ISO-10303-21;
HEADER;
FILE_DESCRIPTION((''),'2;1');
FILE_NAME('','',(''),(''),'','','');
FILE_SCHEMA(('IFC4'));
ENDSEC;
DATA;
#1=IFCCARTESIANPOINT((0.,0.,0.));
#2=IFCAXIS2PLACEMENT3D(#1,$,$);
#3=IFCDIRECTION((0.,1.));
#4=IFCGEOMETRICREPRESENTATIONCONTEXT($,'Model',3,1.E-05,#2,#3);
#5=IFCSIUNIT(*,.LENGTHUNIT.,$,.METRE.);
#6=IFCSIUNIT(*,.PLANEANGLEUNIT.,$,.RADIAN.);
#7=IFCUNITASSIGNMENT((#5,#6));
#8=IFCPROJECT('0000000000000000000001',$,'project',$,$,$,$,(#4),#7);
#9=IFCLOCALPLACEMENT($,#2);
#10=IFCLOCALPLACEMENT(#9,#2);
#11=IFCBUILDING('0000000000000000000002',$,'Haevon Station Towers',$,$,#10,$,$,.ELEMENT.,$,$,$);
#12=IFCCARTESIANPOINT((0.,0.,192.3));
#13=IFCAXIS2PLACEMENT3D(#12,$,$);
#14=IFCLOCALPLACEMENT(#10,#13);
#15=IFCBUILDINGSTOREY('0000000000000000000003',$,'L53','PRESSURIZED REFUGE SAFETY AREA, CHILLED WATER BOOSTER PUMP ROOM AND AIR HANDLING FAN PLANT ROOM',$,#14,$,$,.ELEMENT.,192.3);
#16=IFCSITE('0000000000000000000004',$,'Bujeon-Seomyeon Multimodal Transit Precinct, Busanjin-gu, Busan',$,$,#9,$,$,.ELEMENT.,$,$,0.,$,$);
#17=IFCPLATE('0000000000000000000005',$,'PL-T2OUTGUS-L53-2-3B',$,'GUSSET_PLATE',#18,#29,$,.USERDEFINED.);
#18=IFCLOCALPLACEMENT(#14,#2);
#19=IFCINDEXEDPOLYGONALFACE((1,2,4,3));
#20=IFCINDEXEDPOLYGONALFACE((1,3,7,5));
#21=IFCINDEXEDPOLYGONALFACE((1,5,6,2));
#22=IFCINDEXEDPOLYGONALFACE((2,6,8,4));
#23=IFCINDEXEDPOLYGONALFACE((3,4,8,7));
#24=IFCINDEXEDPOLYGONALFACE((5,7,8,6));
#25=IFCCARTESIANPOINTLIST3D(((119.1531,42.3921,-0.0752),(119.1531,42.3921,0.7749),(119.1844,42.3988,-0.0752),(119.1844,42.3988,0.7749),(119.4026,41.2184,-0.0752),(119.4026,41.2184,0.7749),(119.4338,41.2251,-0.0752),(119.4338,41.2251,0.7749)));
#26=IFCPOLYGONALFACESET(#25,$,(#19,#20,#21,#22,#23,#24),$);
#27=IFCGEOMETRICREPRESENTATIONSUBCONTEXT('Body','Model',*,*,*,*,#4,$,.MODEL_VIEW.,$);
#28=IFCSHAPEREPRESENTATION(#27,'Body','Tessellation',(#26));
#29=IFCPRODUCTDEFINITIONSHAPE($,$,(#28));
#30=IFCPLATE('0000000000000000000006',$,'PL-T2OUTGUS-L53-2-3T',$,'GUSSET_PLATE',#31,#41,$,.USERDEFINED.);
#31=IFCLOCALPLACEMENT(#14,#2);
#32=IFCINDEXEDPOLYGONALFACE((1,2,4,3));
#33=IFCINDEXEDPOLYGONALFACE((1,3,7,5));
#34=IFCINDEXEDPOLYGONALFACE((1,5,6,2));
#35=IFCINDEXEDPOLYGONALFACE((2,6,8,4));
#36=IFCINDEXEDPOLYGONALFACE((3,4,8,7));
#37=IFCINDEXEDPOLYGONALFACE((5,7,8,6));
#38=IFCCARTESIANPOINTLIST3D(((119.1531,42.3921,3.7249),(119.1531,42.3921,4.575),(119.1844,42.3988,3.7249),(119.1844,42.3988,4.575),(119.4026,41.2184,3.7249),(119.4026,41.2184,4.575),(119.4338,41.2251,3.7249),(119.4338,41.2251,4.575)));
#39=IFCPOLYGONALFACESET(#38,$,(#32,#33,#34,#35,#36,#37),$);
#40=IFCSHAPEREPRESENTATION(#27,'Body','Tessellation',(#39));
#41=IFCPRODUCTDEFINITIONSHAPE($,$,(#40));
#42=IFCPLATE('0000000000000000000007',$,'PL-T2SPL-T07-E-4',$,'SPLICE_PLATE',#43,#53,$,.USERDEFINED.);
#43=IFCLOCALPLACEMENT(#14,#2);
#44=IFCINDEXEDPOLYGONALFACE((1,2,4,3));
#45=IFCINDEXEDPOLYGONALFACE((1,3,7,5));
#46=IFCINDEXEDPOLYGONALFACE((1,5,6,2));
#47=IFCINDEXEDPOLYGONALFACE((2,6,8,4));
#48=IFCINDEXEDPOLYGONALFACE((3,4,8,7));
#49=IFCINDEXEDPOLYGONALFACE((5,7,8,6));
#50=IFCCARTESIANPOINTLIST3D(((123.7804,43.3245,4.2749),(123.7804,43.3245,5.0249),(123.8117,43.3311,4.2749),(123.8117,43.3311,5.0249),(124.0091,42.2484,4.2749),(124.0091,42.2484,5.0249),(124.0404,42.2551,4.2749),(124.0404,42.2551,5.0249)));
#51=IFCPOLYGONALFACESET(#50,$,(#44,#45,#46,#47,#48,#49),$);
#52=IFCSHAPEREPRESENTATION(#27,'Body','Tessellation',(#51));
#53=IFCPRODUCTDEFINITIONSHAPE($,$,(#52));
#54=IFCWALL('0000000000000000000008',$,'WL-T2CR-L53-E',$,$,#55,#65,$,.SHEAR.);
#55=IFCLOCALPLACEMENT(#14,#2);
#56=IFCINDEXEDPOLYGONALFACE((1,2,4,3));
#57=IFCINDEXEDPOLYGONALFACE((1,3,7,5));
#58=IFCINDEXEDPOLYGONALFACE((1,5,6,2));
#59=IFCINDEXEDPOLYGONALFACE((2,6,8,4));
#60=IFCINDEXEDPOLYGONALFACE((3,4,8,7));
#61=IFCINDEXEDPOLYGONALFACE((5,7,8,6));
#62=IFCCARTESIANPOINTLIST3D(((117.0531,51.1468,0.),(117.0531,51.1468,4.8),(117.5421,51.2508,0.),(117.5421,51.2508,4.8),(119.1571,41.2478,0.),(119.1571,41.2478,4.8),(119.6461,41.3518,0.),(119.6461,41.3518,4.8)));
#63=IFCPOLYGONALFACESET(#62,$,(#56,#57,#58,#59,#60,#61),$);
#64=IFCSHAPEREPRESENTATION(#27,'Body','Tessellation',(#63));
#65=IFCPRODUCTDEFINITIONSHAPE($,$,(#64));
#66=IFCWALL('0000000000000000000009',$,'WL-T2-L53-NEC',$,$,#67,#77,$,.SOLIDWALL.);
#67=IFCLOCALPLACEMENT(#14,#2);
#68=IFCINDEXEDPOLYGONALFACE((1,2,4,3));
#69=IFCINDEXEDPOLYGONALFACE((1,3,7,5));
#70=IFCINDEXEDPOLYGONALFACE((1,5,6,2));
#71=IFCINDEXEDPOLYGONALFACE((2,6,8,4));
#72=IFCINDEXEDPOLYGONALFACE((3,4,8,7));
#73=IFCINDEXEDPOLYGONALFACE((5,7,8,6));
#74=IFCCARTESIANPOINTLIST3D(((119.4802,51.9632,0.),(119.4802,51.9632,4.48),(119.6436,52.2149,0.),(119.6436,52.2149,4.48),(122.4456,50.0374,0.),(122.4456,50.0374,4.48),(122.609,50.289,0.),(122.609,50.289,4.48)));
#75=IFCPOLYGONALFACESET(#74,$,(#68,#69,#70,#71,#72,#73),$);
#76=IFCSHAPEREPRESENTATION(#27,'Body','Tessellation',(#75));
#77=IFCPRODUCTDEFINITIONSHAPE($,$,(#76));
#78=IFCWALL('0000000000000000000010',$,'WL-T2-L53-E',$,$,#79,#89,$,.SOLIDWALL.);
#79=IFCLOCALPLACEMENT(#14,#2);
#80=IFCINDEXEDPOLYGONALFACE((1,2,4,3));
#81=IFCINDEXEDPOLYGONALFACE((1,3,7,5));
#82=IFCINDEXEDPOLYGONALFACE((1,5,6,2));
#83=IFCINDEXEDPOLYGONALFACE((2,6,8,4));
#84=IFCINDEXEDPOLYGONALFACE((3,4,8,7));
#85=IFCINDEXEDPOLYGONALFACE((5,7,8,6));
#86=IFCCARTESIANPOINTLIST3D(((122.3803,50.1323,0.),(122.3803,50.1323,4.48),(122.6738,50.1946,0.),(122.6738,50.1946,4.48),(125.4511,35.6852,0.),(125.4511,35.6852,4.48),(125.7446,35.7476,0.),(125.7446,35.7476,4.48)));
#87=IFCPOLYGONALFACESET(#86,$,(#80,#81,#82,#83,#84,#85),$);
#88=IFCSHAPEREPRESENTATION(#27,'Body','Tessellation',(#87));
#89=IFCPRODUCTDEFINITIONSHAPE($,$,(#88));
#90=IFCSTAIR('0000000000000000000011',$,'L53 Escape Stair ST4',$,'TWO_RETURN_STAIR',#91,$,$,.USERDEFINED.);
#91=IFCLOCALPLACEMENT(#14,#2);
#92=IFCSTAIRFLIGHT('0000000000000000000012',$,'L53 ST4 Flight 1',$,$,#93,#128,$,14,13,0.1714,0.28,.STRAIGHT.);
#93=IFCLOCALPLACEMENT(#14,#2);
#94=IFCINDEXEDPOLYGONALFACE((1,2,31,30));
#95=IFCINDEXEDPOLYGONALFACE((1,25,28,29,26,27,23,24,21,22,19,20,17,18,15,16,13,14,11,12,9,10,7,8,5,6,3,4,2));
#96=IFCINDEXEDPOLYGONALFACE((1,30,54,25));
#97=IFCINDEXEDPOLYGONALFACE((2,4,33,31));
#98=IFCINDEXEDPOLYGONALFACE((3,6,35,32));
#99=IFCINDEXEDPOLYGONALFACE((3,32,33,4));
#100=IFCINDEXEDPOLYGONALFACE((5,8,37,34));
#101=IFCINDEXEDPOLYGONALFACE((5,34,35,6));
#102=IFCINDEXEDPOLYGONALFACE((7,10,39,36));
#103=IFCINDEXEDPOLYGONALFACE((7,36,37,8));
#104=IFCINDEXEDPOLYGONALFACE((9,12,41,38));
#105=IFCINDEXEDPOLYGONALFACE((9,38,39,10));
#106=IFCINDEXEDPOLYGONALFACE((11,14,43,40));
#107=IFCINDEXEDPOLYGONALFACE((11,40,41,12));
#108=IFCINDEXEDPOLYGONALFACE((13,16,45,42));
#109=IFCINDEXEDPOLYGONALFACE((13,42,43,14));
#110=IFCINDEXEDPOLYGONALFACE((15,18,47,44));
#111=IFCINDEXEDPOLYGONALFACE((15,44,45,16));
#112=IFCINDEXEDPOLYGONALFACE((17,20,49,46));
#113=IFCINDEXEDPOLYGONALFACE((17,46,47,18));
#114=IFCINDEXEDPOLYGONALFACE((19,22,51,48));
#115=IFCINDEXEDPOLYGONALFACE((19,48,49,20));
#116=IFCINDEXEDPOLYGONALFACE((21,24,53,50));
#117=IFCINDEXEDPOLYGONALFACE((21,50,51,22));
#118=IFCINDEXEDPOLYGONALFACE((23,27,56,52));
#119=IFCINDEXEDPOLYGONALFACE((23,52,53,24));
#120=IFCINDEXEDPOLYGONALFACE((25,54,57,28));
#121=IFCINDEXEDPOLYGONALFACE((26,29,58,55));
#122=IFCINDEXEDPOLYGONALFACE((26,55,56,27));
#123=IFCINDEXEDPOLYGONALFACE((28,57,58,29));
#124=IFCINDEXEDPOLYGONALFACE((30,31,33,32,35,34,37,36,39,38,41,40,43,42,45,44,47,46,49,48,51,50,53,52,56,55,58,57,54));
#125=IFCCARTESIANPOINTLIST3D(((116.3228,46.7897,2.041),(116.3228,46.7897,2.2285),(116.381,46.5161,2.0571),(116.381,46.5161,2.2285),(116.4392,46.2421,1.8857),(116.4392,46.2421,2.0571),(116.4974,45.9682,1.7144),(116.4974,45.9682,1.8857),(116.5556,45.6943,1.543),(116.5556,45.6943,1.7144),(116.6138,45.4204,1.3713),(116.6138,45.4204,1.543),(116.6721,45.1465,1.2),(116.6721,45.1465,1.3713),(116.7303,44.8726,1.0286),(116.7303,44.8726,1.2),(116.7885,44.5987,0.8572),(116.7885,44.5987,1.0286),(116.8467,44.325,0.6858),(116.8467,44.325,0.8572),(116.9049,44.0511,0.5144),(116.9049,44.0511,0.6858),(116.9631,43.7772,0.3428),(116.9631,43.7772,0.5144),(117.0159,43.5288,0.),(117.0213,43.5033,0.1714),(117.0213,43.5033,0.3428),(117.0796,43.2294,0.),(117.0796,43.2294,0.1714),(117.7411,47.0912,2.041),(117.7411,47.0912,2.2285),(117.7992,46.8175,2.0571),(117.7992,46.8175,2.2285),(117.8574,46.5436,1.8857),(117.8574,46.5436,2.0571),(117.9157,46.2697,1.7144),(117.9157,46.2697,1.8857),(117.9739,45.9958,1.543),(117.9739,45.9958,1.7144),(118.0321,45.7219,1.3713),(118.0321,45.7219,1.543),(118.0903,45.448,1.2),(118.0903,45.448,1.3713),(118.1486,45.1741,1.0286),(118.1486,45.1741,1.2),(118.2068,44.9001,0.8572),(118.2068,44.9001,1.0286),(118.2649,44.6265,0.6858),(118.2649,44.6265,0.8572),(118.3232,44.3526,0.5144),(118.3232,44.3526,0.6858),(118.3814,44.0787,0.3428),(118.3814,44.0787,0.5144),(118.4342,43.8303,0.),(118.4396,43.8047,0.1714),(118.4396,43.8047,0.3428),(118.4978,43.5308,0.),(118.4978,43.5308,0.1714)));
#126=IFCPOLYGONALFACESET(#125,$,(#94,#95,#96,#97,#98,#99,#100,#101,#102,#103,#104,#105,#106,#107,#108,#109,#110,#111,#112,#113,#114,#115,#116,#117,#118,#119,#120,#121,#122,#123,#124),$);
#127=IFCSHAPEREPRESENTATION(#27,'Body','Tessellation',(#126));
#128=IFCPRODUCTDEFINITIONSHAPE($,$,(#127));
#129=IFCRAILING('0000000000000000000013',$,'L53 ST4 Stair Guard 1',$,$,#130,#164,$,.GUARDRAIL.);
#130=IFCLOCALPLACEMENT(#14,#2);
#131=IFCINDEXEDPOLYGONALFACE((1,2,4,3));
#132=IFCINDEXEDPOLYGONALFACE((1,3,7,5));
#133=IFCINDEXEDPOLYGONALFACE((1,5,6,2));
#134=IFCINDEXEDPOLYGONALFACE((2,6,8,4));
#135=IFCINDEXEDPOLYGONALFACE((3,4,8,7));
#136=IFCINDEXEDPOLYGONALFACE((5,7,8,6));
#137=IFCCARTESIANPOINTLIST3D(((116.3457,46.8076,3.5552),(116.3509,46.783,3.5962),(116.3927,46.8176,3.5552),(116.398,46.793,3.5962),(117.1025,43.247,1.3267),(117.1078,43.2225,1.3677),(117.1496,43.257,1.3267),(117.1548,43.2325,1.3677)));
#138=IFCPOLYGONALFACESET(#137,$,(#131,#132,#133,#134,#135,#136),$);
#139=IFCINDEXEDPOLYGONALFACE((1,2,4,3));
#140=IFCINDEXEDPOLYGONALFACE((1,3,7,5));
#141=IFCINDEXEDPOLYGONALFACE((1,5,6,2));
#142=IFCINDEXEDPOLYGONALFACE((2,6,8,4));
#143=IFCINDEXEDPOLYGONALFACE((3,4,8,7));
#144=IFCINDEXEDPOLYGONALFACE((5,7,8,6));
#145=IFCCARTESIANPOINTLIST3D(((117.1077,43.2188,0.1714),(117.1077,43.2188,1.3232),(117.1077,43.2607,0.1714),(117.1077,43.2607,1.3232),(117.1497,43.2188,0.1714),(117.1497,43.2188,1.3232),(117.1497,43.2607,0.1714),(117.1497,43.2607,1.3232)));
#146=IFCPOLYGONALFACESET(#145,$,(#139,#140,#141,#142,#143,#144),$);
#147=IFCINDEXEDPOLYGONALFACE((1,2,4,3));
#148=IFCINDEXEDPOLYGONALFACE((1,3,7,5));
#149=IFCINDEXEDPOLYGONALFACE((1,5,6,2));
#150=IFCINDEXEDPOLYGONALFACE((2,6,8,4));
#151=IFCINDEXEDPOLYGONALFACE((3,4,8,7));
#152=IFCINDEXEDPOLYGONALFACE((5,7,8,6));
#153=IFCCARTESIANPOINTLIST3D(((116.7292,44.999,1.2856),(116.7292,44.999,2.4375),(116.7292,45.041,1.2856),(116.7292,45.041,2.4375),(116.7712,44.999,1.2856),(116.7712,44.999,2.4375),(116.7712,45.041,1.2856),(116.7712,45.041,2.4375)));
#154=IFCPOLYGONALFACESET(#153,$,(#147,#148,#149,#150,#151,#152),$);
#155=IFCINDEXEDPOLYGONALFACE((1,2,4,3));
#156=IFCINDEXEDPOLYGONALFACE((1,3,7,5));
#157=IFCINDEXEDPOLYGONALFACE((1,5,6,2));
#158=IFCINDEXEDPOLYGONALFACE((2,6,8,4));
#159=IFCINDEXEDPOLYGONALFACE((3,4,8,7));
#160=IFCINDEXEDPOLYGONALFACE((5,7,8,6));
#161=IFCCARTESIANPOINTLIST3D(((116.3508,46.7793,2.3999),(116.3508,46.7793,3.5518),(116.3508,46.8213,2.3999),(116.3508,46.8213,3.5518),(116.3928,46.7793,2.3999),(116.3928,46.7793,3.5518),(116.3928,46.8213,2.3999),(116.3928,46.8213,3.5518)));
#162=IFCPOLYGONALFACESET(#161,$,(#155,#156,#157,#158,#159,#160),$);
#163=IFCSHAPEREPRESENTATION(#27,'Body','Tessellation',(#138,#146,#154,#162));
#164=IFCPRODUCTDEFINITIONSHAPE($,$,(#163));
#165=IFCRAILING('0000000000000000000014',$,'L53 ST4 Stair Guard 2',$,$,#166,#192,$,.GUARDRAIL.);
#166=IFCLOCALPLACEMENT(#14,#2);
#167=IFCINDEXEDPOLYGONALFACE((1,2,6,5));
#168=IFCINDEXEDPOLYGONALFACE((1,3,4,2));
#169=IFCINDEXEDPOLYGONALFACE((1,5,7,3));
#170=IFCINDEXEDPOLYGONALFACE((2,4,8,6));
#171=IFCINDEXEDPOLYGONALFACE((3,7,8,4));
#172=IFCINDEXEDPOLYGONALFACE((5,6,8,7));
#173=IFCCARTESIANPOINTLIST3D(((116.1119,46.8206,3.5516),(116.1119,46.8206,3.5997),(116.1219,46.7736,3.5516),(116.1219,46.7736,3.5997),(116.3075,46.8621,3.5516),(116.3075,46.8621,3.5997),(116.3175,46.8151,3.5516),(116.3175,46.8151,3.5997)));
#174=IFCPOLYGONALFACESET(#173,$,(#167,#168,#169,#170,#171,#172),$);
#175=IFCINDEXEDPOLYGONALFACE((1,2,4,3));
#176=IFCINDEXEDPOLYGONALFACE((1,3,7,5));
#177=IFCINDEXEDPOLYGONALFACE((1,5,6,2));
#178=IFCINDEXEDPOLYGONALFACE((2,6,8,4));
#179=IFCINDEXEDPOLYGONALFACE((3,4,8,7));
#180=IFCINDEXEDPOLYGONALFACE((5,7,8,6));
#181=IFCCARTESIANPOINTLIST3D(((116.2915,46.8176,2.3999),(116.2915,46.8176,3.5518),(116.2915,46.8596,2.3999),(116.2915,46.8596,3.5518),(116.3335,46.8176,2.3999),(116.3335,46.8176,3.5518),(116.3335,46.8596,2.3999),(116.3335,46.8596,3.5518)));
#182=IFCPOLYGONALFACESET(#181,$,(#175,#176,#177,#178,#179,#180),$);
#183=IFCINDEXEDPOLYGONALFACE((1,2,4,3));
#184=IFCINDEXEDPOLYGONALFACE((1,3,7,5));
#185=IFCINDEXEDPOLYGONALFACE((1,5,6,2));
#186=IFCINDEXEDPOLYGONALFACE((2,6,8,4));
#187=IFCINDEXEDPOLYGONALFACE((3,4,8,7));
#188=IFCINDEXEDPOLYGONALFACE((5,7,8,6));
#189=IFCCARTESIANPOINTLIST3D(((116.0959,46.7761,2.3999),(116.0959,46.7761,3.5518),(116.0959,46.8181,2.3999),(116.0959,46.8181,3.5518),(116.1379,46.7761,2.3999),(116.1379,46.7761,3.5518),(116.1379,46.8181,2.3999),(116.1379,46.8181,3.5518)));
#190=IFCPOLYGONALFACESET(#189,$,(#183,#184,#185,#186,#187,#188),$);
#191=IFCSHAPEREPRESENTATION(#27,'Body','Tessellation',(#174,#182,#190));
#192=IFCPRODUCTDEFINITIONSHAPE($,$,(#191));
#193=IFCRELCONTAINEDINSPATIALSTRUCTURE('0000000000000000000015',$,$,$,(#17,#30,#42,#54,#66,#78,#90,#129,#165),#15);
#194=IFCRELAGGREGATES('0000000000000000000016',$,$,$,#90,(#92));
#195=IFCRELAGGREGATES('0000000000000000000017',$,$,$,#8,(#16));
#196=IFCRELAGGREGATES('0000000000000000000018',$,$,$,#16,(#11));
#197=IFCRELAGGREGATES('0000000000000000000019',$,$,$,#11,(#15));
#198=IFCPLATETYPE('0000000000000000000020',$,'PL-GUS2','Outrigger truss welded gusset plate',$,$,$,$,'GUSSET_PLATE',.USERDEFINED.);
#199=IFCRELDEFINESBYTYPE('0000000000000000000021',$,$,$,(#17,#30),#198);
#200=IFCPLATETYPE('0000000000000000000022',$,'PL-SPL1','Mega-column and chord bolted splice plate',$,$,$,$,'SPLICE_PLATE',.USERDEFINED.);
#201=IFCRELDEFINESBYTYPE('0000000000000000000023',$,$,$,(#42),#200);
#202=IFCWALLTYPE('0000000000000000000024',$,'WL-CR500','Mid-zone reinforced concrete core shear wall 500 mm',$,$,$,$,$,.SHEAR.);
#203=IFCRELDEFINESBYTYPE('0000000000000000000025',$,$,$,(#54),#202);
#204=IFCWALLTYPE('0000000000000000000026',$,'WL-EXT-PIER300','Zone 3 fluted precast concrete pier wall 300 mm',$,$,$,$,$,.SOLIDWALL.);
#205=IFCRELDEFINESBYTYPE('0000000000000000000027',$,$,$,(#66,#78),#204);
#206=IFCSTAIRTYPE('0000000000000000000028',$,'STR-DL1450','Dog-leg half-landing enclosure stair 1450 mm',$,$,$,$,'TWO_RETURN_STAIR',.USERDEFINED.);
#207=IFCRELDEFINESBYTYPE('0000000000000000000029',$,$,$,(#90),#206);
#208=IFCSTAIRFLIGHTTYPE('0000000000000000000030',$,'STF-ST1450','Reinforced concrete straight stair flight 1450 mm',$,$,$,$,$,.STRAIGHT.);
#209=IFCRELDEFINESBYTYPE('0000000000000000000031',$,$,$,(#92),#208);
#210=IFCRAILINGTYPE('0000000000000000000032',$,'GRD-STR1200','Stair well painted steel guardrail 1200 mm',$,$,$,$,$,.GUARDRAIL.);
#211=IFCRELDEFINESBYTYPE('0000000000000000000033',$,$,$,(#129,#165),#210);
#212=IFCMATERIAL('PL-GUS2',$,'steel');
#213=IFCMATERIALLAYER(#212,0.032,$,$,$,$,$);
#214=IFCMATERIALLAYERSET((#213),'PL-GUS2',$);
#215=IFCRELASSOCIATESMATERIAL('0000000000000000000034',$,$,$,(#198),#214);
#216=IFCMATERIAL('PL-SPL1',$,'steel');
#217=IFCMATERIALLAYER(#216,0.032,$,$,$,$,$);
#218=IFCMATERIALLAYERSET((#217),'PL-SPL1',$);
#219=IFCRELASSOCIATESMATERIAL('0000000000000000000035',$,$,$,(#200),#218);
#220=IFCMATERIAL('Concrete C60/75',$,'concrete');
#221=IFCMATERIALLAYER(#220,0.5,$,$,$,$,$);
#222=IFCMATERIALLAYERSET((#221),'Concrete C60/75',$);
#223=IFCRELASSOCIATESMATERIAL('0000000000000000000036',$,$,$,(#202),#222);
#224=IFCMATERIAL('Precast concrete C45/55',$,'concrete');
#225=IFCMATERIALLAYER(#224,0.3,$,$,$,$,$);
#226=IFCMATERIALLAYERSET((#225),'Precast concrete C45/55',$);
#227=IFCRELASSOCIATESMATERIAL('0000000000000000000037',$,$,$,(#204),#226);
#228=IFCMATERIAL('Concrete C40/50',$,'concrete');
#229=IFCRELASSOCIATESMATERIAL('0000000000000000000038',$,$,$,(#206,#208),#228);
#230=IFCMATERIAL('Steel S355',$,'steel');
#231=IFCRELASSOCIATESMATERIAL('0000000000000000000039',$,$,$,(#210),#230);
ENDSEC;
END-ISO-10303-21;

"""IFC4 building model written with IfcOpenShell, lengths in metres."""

from ifc_helpers import new_model, si_unit, direction, frame, frame_2d, origin, origin_2d, place, context, subcontext, project, spatial, polyline, rectangle, outline, extrude, material, layer, layer_set, type_object, element, aggregate, save


model = new_model("IFC4")

# Units and contexts
model_context = context("Model", 3, precision=1e-05, world=origin(), true_north=direction((0.0, 1.0)))
body_context = subcontext(model_context, "Body", "Model", "MODEL_VIEW")
ifc_project = project(units=[si_unit("LENGTHUNIT", "METRE"), si_unit("PLANEANGLEUNIT", "RADIAN")], contexts=[model_context])

# Site, building, storey
site_placement = place(None, origin())
site = spatial("IfcSite", under=ifc_project, at=site_placement, Name="Bujeon-Seomyeon Multimodal Transit Precinct, Busanjin-gu, Busan", CompositionType="ELEMENT", RefElevation=0.0)
building_placement = place(site_placement, origin())
building = spatial("IfcBuilding", under=site, at=building_placement, Name="Haevon Station Towers", CompositionType="ELEMENT")
storey_placement = place(building_placement, frame((0.0, 0.0, 192.3)))
storey = spatial("IfcBuildingStorey", under=building, at=storey_placement, Name="L53", Description="PRESSURIZED REFUGE SAFETY AREA, CHILLED WATER BOOSTER PUMP ROOM AND AIR HANDLING FAN PLANT ROOM", CompositionType="ELEMENT", Elevation=192.3)

# Shared definitions
ifc_material_1 = material(Name="Steel S355", Category="steel")

# Plates
ifc_material_2 = material(Name="PL-GUS2", Category="steel")
ifc_layer_1 = layer(ifc_material_2, 0.032)
ifc_layer_set_1 = layer_set([ifc_layer_1], Name="PL-GUS2")
plate_type_1 = type_object("IfcPlateType", Name="PL-GUS2", Description="Outrigger truss welded gusset plate", ElementType="GUSSET_PLATE", PredefinedType="USERDEFINED", material=ifc_layer_set_1)
for number, where, z_axis, x_axis, name in (
    (1, (119.2935, 41.8086, -0.0752), (0.0, 0.0, 1.0), (-0.207912, 0.978148, 0.0), "PL-T2OUTGUS-L53-2-3B"),
    (2, (119.2935, 41.8086, 3.7249), (0.0, 0.0, 1.0), (-0.207912, 0.978148, 0.0), "PL-T2OUTGUS-L53-2-3T"),
):
    element("IfcPlate", number, at=place(storey_placement, frame(where, z_axis=z_axis, x_axis=x_axis)), inside=storey, type_object=plate_type_1, Name=name, ObjectType="GUSSET_PLATE", PredefinedType="USERDEFINED", context=body_context, shape_type="SweptSolid", body=[
        extrude(rectangle(XDim=1.2, YDim=0.032, at=origin_2d()), origin(), (0.0, 0.0, 1.0), 0.8501),
    ])
ifc_material_3 = material(Name="PL-SPL1", Category="steel")
ifc_layer_2 = layer(ifc_material_3, 0.032)
ifc_layer_set_2 = layer_set([ifc_layer_2], Name="PL-SPL1")
plate_type_2 = type_object("IfcPlateType", Name="PL-SPL1", Description="Mega-column and chord bolted splice plate", ElementType="SPLICE_PLATE", PredefinedType="USERDEFINED", material=ifc_layer_set_2)
plate_1_placement = place(storey_placement, frame((123.9104, 42.7898, 4.2749), z_axis=(0.0, 0.0, 1.0), x_axis=(-0.207912, 0.978148, 0.0)))
element("IfcPlate", 3, at=plate_1_placement, inside=storey, type_object=plate_type_2, Name="PL-T2SPL-T07-E-4", ObjectType="SPLICE_PLATE", PredefinedType="USERDEFINED", context=body_context, shape_type="SweptSolid", body=[
    extrude(rectangle(XDim=1.1001, YDim=0.032, at=origin_2d()), origin(), (0.0, 0.0, 1.0), 0.75),
])

# Walls
ifc_material_4 = material(Name="Concrete C60/75", Category="concrete")
ifc_layer_3 = layer(ifc_material_4, 0.5)
ifc_layer_set_3 = layer_set([ifc_layer_3], Name="Concrete C60/75")
wall_type_1 = type_object("IfcWallType", Name="WL-CR500", Description="Mid-zone reinforced concrete core shear wall 500 mm", PredefinedType="SHEAR", material=ifc_layer_set_3)
wall_1_placement = place(storey_placement, frame((119.4016, 41.2998, 0.0), z_axis=(0.0, 0.0, 1.0), x_axis=(-0.207904, 0.978149, 0.0)))
element("IfcWall", 4, at=wall_1_placement, inside=storey, type_object=wall_type_1, Name="WL-T2CR-L53-E", PredefinedType="SHEAR", context=body_context, shape_type="SweptSolid", body=[
    extrude(rectangle(XDim=10.1201, YDim=0.5, at=frame_2d((5.0601, 0.0))), origin(), (0.0, 0.0, 1.0), 4.8),
])
ifc_material_5 = material(Name="Precast concrete C45/55", Category="concrete")
ifc_layer_4 = layer(ifc_material_5, 0.3)
ifc_layer_set_4 = layer_set([ifc_layer_4], Name="Precast concrete C45/55")
wall_type_2 = type_object("IfcWallType", Name="WL-EXT-PIER300", Description="Zone 3 fluted precast concrete pier wall 300 mm", PredefinedType="SOLIDWALL", material=ifc_layer_set_4)
wall_2_placement = place(storey_placement, frame((119.5618, 52.0891, 0.0), z_axis=(0.0, 0.0, 1.0), x_axis=(0.838661, -0.544653, 0.0)))
element("IfcWall", 5, at=wall_2_placement, inside=storey, type_object=wall_type_2, Name="WL-T2-L53-NEC", PredefinedType="SOLIDWALL", context=body_context, shape_type="SweptSolid", body=[
    extrude(rectangle(XDim=3.5359, YDim=0.3, at=frame_2d((1.7681, 0.0))), origin(), (0.0, 0.0, 1.0), 4.48),
])
wall_3_placement = place(storey_placement, frame((122.5271, 50.1633, 0.0), z_axis=(0.0, 0.0, 1.0), x_axis=(0.207911, -0.978148, 0.0)))
element("IfcWall", 6, at=wall_3_placement, inside=storey, type_object=wall_type_2, Name="WL-T2-L53-E", PredefinedType="SOLIDWALL", context=body_context, shape_type="SweptSolid", body=[
    extrude(rectangle(XDim=14.7698, YDim=0.3, at=frame_2d((7.3848, 0.0))), origin(), (0.0, 0.0, 1.0), 4.48),
])

# Stair, stair flight
ifc_material_6 = material(Name="Concrete C40/50", Category="concrete")
stair_type = type_object("IfcStairType", Name="STR-DL1450", Description="Dog-leg half-landing enclosure stair 1450 mm", ElementType="TWO_RETURN_STAIR", PredefinedType="USERDEFINED", material=ifc_material_6)
stair_placement = place(storey_placement, origin())
stair = element("IfcStair", 7, at=stair_placement, inside=storey, type_object=stair_type, Name="L53 Escape Stair ST4", ObjectType="TWO_RETURN_STAIR", PredefinedType="USERDEFINED")
stair_flight_type = type_object("IfcStairFlightType", Name="STF-ST1450", Description="Reinforced concrete straight stair flight 1450 mm", PredefinedType="STRAIGHT", material=ifc_material_6)
stair_flight_placement = place(storey_placement, frame((117.7888, 43.3801, 0.0), z_axis=(0.0, 0.0, 1.0), x_axis=(-0.207912, 0.978148, 0.0)))
stair_flight = element("IfcStairFlight", 8, at=stair_flight_placement, type_object=stair_flight_type, Name="L53 ST4 Flight 1", NumberOfRisers=14, NumberOfTreads=13, PredefinedType="STRAIGHT", RiserHeight=0.1714, TreadLength=0.28, context=body_context, shape_type="SweptSolid", body=[
    extrude(outline(polyline([(0.0, 0.0), (0.0, 0.1714), (0.28, 0.1714), (0.28, 0.3428), (0.5601, 0.3428), (0.5601, 0.5144), (0.8401, 0.5144), (0.8401, 0.6858), (1.1201, 0.6858), (1.1201, 0.8572), (1.3999, 0.8572), (1.3999, 1.0286), (1.6799, 1.0286), (1.6799, 1.2), (1.96, 1.2), (1.96, 1.3713), (2.24, 1.3713), (2.24, 1.543), (2.52, 1.543), (2.52, 1.7144), (2.8, 1.7144), (2.8, 1.8857), (3.0801, 1.8857), (3.0801, 2.0571), (3.3601, 2.0571), (3.3601, 2.2285), (3.6399, 2.2285), (3.6399, 2.3999), (3.6399, 2.041), (0.3062, 0.0), (0.0, 0.0)])), frame((0.0, 0.7251, 0.0), z_axis=(0.0, -1.0, 0.0), x_axis=(1.0, 0.0, 0.0)), (0.0, 0.0, 1.0), 1.45),
])
aggregate(stair, [stair_flight])

# Railings
railing_type_1 = type_object("IfcRailingType", Name="GRD-STR1200", Description="Stair well painted steel guardrail 1200 mm", PredefinedType="GUARDRAIL", material=ifc_material_1)
railing_1_placement = place(storey_placement, frame((117.1287, 43.2397, 0.1714)))
element("IfcRailing", 9, at=railing_1_placement, inside=storey, type_object=railing_type_1, Name="L53 ST4 Stair Guard 1", PredefinedType="GUARDRAIL", context=body_context, shape_type="SweptSolid", body=[
    extrude(rectangle(XDim=0.0481, YDim=0.0481, at=origin_2d()), frame((0.0, 0.0, 1.1758), z_axis=(-0.177324, 0.834225, 0.522134), x_axis=(-0.978147, -0.207917, 0.0)), (0.0, 0.0, 1.0), 4.2681),
    extrude(rectangle(XDim=0.042, YDim=0.042, at=origin_2d()), origin(), (0.0, 0.0, 1.0), 1.1519),
    extrude(rectangle(XDim=0.042, YDim=0.042, at=origin_2d()), frame((-0.3784, 1.7803, 1.1143)), (0.0, 0.0, 1.0), 1.1519),
    extrude(rectangle(XDim=0.042, YDim=0.042, at=origin_2d()), frame((-0.7568, 3.5605, 2.2285)), (0.0, 0.0, 1.0), 1.1519),
])
railing_2_placement = place(storey_placement, frame((116.3125, 46.8386, 2.3999)))
element("IfcRailing", 10, at=railing_2_placement, inside=storey, type_object=railing_type_1, Name="L53 ST4 Stair Guard 2", PredefinedType="GUARDRAIL", context=body_context, shape_type="SweptSolid", body=[
    extrude(rectangle(XDim=0.0481, YDim=0.0481, at=origin_2d()), frame((0.0, 0.0, 1.1758), z_axis=(-0.978212, -0.20761, 0.0), x_axis=(0.20761, -0.978212, 0.0)), (0.0, 0.0, 1.0), 0.2),
    extrude(rectangle(XDim=0.042, YDim=0.042, at=origin_2d()), origin(), (0.0, 0.0, 1.0), 1.1519),
    extrude(rectangle(XDim=0.042, YDim=0.042, at=origin_2d()), frame((-0.1956, -0.0415, 0.0)), (0.0, 0.0, 1.0), 1.1519),
])

save(model, "model.ifc")
